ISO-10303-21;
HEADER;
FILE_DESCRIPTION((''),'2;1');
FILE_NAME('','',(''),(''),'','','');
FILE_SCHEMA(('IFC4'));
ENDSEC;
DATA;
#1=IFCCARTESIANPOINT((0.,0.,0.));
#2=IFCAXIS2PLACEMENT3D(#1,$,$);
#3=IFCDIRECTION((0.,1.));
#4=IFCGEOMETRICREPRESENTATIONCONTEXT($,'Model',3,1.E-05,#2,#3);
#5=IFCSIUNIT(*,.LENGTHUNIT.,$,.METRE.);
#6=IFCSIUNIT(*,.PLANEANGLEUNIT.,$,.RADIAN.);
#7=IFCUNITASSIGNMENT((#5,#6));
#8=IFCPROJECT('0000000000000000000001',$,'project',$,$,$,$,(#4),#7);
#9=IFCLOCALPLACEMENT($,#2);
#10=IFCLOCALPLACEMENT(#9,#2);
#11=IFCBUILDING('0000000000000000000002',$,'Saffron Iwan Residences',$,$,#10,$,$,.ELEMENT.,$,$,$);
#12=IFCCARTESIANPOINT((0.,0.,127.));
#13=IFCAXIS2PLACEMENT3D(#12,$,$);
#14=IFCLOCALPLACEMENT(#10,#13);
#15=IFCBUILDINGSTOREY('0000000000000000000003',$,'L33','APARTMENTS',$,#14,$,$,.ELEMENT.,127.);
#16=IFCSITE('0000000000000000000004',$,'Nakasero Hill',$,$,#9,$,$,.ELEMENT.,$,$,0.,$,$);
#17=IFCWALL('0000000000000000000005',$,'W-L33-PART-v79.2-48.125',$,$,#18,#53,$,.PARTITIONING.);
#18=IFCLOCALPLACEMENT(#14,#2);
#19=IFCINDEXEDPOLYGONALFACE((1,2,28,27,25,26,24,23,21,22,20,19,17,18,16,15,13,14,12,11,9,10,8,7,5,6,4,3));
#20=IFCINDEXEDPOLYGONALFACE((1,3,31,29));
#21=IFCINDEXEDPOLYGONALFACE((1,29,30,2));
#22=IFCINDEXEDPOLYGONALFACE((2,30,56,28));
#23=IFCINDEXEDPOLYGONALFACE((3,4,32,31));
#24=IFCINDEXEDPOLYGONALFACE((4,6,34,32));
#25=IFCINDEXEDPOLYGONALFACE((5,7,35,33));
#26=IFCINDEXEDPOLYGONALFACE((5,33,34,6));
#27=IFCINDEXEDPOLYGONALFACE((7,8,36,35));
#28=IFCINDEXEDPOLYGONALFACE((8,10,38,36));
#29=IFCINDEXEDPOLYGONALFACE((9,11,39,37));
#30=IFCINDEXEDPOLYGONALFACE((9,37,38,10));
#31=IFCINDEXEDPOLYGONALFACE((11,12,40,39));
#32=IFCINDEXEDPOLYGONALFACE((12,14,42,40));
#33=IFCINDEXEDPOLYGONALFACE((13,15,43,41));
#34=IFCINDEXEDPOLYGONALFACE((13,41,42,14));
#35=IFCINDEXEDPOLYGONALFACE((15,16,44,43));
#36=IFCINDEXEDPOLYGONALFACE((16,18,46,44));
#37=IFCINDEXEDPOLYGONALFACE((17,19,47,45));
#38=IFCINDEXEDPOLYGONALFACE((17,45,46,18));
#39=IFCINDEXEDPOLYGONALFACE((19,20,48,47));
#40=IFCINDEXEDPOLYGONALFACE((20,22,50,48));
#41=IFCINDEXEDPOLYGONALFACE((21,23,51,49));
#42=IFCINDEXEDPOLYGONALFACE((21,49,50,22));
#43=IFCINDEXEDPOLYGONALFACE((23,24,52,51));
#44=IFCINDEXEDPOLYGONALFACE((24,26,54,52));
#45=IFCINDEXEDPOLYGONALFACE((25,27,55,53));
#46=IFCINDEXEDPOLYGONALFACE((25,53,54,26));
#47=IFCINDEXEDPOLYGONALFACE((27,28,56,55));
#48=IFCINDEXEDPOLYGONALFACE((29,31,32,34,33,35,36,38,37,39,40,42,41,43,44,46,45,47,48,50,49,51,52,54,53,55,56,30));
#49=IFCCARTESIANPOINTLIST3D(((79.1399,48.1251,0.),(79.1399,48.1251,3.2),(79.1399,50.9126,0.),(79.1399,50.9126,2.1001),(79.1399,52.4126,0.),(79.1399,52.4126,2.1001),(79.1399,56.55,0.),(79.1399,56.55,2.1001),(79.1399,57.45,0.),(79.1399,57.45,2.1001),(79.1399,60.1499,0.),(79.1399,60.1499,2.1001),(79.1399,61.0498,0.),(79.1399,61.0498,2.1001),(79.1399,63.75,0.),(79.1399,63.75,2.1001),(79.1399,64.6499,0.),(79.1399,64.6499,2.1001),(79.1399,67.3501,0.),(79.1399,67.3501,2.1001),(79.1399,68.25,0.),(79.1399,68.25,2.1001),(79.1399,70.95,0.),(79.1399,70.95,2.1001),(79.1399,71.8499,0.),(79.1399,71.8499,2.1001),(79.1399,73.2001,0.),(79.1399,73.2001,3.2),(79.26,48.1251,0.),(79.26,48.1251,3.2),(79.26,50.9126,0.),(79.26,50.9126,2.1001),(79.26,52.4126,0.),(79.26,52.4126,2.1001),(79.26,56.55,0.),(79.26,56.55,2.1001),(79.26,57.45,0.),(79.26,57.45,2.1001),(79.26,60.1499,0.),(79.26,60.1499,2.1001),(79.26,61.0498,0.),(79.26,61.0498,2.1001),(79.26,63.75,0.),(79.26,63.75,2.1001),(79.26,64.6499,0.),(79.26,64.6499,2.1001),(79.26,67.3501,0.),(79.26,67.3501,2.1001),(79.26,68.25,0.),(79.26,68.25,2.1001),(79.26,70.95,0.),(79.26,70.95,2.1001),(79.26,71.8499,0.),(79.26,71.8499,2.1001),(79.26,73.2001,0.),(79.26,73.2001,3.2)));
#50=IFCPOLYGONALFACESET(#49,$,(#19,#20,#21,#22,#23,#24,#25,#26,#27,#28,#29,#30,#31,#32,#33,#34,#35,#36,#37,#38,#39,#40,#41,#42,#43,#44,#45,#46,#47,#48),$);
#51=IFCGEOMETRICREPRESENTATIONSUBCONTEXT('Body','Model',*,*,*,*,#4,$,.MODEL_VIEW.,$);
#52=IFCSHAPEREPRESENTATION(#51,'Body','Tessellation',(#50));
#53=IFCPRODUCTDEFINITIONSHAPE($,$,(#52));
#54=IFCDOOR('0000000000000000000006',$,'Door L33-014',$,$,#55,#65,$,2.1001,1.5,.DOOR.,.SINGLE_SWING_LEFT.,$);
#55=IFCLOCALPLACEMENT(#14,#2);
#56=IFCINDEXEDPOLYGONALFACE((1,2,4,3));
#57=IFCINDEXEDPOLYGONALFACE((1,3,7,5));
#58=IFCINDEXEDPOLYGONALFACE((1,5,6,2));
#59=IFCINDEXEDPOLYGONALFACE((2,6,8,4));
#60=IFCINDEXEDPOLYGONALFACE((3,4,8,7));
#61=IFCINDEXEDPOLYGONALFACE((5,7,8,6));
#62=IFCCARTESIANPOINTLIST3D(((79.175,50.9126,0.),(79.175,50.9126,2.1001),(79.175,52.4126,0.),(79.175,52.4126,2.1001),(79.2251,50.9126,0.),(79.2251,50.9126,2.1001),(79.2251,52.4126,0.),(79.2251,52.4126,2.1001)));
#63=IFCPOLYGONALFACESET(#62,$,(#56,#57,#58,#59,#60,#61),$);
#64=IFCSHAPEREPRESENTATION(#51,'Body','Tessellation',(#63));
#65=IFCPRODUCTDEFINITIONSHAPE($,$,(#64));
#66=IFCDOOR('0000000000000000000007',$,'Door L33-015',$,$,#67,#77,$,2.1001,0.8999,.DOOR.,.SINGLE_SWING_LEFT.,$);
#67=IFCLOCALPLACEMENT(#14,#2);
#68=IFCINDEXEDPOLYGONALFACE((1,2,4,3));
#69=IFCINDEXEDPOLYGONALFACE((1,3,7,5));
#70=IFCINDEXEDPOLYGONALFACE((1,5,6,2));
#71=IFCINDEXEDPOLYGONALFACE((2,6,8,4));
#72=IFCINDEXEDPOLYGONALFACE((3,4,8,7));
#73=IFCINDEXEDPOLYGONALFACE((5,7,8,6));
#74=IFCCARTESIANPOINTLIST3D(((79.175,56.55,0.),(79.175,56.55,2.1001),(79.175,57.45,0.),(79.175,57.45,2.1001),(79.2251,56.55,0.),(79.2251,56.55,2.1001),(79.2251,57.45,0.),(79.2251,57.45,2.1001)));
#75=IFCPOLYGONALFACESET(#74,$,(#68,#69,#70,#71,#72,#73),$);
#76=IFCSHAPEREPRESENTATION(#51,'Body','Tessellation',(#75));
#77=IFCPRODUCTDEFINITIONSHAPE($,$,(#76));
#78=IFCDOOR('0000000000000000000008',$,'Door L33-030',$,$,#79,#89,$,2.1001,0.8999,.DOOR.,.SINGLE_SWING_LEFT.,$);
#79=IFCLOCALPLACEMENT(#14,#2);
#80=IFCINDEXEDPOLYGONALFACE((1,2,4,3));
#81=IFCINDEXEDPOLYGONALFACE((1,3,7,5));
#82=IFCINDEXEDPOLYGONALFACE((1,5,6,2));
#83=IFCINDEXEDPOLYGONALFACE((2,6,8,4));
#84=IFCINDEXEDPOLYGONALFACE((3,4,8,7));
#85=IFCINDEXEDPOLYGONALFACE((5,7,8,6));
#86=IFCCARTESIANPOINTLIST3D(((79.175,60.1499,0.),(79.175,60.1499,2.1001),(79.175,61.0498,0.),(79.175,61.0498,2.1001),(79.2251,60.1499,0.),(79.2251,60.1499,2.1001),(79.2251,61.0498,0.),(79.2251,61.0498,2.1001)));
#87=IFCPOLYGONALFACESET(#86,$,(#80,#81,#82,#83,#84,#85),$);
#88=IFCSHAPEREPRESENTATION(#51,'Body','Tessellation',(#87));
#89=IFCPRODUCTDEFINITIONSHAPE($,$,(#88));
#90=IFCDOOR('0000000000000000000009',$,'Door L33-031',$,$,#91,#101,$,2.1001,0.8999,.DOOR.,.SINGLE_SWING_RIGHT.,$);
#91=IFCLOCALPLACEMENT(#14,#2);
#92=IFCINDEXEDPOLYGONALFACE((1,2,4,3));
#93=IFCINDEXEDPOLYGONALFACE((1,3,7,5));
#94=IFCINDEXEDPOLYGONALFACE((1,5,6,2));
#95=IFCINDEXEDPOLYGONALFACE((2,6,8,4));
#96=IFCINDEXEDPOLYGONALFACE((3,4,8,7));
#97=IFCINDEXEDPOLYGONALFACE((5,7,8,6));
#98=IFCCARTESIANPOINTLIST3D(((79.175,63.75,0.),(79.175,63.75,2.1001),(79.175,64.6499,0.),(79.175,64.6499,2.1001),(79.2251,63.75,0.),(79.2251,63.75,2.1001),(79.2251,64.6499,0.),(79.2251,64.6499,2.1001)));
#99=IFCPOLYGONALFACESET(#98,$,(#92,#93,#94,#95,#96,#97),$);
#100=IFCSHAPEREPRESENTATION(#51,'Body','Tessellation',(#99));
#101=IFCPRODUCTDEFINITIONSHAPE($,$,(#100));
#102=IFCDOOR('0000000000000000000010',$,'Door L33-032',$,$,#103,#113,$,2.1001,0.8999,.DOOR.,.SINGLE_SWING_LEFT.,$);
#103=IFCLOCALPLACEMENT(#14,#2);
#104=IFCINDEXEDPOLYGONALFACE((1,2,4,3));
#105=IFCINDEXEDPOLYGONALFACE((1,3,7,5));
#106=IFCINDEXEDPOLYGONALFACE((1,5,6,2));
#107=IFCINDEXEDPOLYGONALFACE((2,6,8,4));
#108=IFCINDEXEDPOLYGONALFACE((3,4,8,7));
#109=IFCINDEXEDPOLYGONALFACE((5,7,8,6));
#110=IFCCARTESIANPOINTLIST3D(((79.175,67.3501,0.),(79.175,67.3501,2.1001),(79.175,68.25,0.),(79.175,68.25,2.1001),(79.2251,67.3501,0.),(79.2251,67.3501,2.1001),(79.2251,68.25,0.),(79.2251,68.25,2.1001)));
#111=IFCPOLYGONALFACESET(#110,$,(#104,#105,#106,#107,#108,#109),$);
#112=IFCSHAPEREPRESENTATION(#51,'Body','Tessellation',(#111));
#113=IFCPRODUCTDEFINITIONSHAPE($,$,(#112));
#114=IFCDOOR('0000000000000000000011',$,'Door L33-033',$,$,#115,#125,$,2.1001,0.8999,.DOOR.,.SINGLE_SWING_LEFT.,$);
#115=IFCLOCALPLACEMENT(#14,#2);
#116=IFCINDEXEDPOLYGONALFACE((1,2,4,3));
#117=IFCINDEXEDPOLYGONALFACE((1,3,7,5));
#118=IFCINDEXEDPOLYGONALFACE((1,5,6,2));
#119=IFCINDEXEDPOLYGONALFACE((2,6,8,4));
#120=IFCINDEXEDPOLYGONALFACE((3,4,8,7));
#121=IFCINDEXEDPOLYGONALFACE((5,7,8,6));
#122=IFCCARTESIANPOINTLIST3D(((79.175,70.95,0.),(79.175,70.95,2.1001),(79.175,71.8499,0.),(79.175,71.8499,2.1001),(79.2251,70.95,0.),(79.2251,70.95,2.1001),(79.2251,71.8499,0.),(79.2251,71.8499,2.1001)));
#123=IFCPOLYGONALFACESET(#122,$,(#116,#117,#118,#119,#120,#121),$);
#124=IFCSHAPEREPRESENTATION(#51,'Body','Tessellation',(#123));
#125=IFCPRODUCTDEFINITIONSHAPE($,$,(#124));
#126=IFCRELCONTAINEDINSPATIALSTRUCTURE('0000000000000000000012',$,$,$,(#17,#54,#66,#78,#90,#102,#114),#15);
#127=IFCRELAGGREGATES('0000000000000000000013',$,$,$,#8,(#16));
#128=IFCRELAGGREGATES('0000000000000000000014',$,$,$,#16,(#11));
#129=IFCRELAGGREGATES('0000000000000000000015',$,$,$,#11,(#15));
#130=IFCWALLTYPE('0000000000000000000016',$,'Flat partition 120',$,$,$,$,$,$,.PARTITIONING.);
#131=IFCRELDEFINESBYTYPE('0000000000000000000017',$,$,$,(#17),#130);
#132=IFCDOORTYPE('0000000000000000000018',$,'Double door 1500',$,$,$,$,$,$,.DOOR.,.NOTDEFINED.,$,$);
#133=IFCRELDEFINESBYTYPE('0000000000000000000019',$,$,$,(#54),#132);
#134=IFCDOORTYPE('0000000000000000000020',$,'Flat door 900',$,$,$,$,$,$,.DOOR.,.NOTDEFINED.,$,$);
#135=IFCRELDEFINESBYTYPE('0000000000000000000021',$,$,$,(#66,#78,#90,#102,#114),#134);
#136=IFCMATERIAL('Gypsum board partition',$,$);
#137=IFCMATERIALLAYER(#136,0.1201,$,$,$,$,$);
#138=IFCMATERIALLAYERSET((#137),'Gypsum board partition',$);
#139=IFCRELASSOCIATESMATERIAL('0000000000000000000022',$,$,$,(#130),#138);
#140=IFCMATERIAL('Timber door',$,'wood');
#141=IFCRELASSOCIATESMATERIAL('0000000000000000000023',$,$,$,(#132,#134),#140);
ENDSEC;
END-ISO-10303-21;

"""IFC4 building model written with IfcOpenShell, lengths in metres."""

from ifc_helpers import new_model, si_unit, direction, frame, frame_2d, origin, place, context, subcontext, project, spatial, rectangle, extrude, material, layer, layer_set, type_object, element, fill, save


model = new_model("IFC4")

# Units and contexts
model_context = context("Model", 3, precision=1e-05, world=origin(), true_north=direction((0.0, 1.0)))
body_context = subcontext(model_context, "Body", "Model", "MODEL_VIEW")
ifc_project = project(units=[si_unit("LENGTHUNIT", "METRE"), si_unit("PLANEANGLEUNIT", "RADIAN")], contexts=[model_context])

# Site, building, storey
site_placement = place(None, origin())
site = spatial("IfcSite", under=ifc_project, at=site_placement, Name="Nakasero Hill", CompositionType="ELEMENT", RefElevation=0.0)
building_placement = place(site_placement, origin())
building = spatial("IfcBuilding", under=site, at=building_placement, Name="Saffron Iwan Residences", CompositionType="ELEMENT")
storey_placement = place(building_placement, frame((0.0, 0.0, 127.0)))
storey = spatial("IfcBuildingStorey", under=building, at=storey_placement, Name="L33", Description="APARTMENTS", CompositionType="ELEMENT", Elevation=127.0)

# Shared definitions
ifc_material_1 = material(Name="Gypsum board partition")
ifc_layer_1 = layer(ifc_material_1, 0.1201)
ifc_layer_set_1 = layer_set([ifc_layer_1], Name="Gypsum board partition")
wall_type_1 = type_object("IfcWallType", Name="Flat partition 120", PredefinedType="PARTITIONING", material=ifc_layer_set_1)

# Wall, openings, doors
wall_1_placement = place(storey_placement, frame((79.2, 48.125, 0.0), z_axis=(0.0, 0.0, 1.0), x_axis=(0.0, 1.0, 0.0)))
wall_1 = element("IfcWall", 1, at=wall_1_placement, inside=storey, type_object=wall_type_1, Name="W-L33-PART-v79.2-48.125", PredefinedType="PARTITIONING", context=body_context, shape_type="SweptSolid", body=[
    extrude(rectangle(XDim=25.075, YDim=0.1201, at=frame_2d((12.5376, 0.0))), origin(), (0.0, 0.0, 1.0), 3.2),
])
opening_1_placement = place(wall_1_placement, frame((2.7876, 0.0, 0.0)))
opening_1 = element("IfcOpeningElement", 2, at=opening_1_placement, cuts=wall_1, PredefinedType="OPENING", context=body_context, shape_type="SweptSolid", body=[
    extrude(rectangle(XDim=1.5, YDim=2.1001, at=frame_2d((0.75, 1.05))), frame((0.0, 0.0701, 0.0), z_axis=(0.0, -1.0, 0.0), x_axis=(1.0, 0.0, 0.0)), (0.0, 0.0, 1.0), 0.1401),
])
opening_2_placement = place(wall_1_placement, frame((8.425, 0.0, 0.0)))
opening_2 = element("IfcOpeningElement", 3, at=opening_2_placement, cuts=wall_1, PredefinedType="OPENING", context=body_context, shape_type="SweptSolid", body=[
    extrude(rectangle(XDim=0.8999, YDim=2.1001, at=frame_2d((0.45, 1.05))), frame((0.0, 0.0701, 0.0), z_axis=(0.0, -1.0, 0.0), x_axis=(1.0, 0.0, 0.0)), (0.0, 0.0, 1.0), 0.1401),
])
opening_3_placement = place(wall_1_placement, frame((12.0249, 0.0, 0.0)))
opening_3 = element("IfcOpeningElement", 4, at=opening_3_placement, cuts=wall_1, PredefinedType="OPENING", context=body_context, shape_type="SweptSolid", body=[
    extrude(rectangle(XDim=0.8999, YDim=2.1001, at=frame_2d((0.45, 1.05))), frame((0.0, 0.0701, 0.0), z_axis=(0.0, -1.0, 0.0), x_axis=(1.0, 0.0, 0.0)), (0.0, 0.0, 1.0), 0.1401),
])
opening_4_placement = place(wall_1_placement, frame((15.625, 0.0, 0.0)))
opening_4 = element("IfcOpeningElement", 5, at=opening_4_placement, cuts=wall_1, PredefinedType="OPENING", context=body_context, shape_type="SweptSolid", body=[
    extrude(rectangle(XDim=0.8999, YDim=2.1001, at=frame_2d((0.45, 1.05))), frame((0.0, 0.0701, 0.0), z_axis=(0.0, -1.0, 0.0), x_axis=(1.0, 0.0, 0.0)), (0.0, 0.0, 1.0), 0.1401),
])
opening_5_placement = place(wall_1_placement, frame((19.2251, 0.0, 0.0)))
opening_5 = element("IfcOpeningElement", 6, at=opening_5_placement, cuts=wall_1, PredefinedType="OPENING", context=body_context, shape_type="SweptSolid", body=[
    extrude(rectangle(XDim=0.8999, YDim=2.1001, at=frame_2d((0.45, 1.05))), frame((0.0, 0.0701, 0.0), z_axis=(0.0, -1.0, 0.0), x_axis=(1.0, 0.0, 0.0)), (0.0, 0.0, 1.0), 0.1401),
])
opening_6_placement = place(wall_1_placement, frame((22.825, 0.0, 0.0)))
opening_6 = element("IfcOpeningElement", 7, at=opening_6_placement, cuts=wall_1, PredefinedType="OPENING", context=body_context, shape_type="SweptSolid", body=[
    extrude(rectangle(XDim=0.8999, YDim=2.1001, at=frame_2d((0.45, 1.05))), frame((0.0, 0.0701, 0.0), z_axis=(0.0, -1.0, 0.0), x_axis=(1.0, 0.0, 0.0)), (0.0, 0.0, 1.0), 0.1401),
])
ifc_material_2 = material(Name="Timber door", Category="wood")
door_type_1 = type_object("IfcDoorType", Name="Double door 1500", OperationType="NOTDEFINED", PredefinedType="DOOR", material=ifc_material_2)
door_1_placement = place(opening_1_placement, origin())
door_1 = element("IfcDoor", 8, at=door_1_placement, inside=storey, type_object=door_type_1, Name="Door L33-014", OperationType="SINGLE_SWING_LEFT", OverallHeight=2.1001, OverallWidth=1.5, PredefinedType="DOOR", context=body_context, shape_type="SweptSolid", body=[
    extrude(rectangle(XDim=1.5, YDim=2.1001, at=frame_2d((0.75, 1.05))), frame((0.0, 0.0249, 0.0), z_axis=(0.0, -1.0, 0.0), x_axis=(1.0, 0.0, 0.0)), (0.0, 0.0, 1.0), 0.05),
])
fill(opening_1, door_1)
door_type_2 = type_object("IfcDoorType", Name="Flat door 900", OperationType="NOTDEFINED", PredefinedType="DOOR", material=ifc_material_2)
door_2_placement = place(opening_2_placement, origin())
door_2 = element("IfcDoor", 9, at=door_2_placement, inside=storey, type_object=door_type_2, Name="Door L33-015", OperationType="SINGLE_SWING_LEFT", OverallHeight=2.1001, OverallWidth=0.8999, PredefinedType="DOOR", context=body_context, shape_type="SweptSolid", body=[
    extrude(rectangle(XDim=0.8999, YDim=2.1001, at=frame_2d((0.45, 1.05))), frame((0.0, 0.0249, 0.0), z_axis=(0.0, -1.0, 0.0), x_axis=(1.0, 0.0, 0.0)), (0.0, 0.0, 1.0), 0.05),
])
fill(opening_2, door_2)
door_3_placement = place(opening_3_placement, origin())
door_3 = element("IfcDoor", 10, at=door_3_placement, inside=storey, type_object=door_type_2, Name="Door L33-030", OperationType="SINGLE_SWING_LEFT", OverallHeight=2.1001, OverallWidth=0.8999, PredefinedType="DOOR", context=body_context, shape_type="SweptSolid", body=[
    extrude(rectangle(XDim=0.8999, YDim=2.1001, at=frame_2d((0.45, 1.05))), frame((0.0, 0.0249, 0.0), z_axis=(0.0, -1.0, 0.0), x_axis=(1.0, 0.0, 0.0)), (0.0, 0.0, 1.0), 0.05),
])
fill(opening_3, door_3)
door_4_placement = place(opening_4_placement, origin())
door_4 = element("IfcDoor", 11, at=door_4_placement, inside=storey, type_object=door_type_2, Name="Door L33-031", OperationType="SINGLE_SWING_RIGHT", OverallHeight=2.1001, OverallWidth=0.8999, PredefinedType="DOOR", context=body_context, shape_type="SweptSolid", body=[
    extrude(rectangle(XDim=0.8999, YDim=2.1001, at=frame_2d((0.45, 1.05))), frame((0.0, 0.0249, 0.0), z_axis=(0.0, -1.0, 0.0), x_axis=(1.0, 0.0, 0.0)), (0.0, 0.0, 1.0), 0.05),
])
fill(opening_4, door_4)
door_5_placement = place(opening_5_placement, origin())
door_5 = element("IfcDoor", 12, at=door_5_placement, inside=storey, type_object=door_type_2, Name="Door L33-032", OperationType="SINGLE_SWING_LEFT", OverallHeight=2.1001, OverallWidth=0.8999, PredefinedType="DOOR", context=body_context, shape_type="SweptSolid", body=[
    extrude(rectangle(XDim=0.8999, YDim=2.1001, at=frame_2d((0.45, 1.05))), frame((0.0, 0.0249, 0.0), z_axis=(0.0, -1.0, 0.0), x_axis=(1.0, 0.0, 0.0)), (0.0, 0.0, 1.0), 0.05),
])
fill(opening_5, door_5)
door_6_placement = place(opening_6_placement, origin())
door_6 = element("IfcDoor", 13, at=door_6_placement, inside=storey, type_object=door_type_2, Name="Door L33-033", OperationType="SINGLE_SWING_LEFT", OverallHeight=2.1001, OverallWidth=0.8999, PredefinedType="DOOR", context=body_context, shape_type="SweptSolid", body=[
    extrude(rectangle(XDim=0.8999, YDim=2.1001, at=frame_2d((0.45, 1.05))), frame((0.0, 0.0249, 0.0), z_axis=(0.0, -1.0, 0.0), x_axis=(1.0, 0.0, 0.0)), (0.0, 0.0, 1.0), 0.05),
])
fill(opening_6, door_6)

save(model, "model.ifc")
